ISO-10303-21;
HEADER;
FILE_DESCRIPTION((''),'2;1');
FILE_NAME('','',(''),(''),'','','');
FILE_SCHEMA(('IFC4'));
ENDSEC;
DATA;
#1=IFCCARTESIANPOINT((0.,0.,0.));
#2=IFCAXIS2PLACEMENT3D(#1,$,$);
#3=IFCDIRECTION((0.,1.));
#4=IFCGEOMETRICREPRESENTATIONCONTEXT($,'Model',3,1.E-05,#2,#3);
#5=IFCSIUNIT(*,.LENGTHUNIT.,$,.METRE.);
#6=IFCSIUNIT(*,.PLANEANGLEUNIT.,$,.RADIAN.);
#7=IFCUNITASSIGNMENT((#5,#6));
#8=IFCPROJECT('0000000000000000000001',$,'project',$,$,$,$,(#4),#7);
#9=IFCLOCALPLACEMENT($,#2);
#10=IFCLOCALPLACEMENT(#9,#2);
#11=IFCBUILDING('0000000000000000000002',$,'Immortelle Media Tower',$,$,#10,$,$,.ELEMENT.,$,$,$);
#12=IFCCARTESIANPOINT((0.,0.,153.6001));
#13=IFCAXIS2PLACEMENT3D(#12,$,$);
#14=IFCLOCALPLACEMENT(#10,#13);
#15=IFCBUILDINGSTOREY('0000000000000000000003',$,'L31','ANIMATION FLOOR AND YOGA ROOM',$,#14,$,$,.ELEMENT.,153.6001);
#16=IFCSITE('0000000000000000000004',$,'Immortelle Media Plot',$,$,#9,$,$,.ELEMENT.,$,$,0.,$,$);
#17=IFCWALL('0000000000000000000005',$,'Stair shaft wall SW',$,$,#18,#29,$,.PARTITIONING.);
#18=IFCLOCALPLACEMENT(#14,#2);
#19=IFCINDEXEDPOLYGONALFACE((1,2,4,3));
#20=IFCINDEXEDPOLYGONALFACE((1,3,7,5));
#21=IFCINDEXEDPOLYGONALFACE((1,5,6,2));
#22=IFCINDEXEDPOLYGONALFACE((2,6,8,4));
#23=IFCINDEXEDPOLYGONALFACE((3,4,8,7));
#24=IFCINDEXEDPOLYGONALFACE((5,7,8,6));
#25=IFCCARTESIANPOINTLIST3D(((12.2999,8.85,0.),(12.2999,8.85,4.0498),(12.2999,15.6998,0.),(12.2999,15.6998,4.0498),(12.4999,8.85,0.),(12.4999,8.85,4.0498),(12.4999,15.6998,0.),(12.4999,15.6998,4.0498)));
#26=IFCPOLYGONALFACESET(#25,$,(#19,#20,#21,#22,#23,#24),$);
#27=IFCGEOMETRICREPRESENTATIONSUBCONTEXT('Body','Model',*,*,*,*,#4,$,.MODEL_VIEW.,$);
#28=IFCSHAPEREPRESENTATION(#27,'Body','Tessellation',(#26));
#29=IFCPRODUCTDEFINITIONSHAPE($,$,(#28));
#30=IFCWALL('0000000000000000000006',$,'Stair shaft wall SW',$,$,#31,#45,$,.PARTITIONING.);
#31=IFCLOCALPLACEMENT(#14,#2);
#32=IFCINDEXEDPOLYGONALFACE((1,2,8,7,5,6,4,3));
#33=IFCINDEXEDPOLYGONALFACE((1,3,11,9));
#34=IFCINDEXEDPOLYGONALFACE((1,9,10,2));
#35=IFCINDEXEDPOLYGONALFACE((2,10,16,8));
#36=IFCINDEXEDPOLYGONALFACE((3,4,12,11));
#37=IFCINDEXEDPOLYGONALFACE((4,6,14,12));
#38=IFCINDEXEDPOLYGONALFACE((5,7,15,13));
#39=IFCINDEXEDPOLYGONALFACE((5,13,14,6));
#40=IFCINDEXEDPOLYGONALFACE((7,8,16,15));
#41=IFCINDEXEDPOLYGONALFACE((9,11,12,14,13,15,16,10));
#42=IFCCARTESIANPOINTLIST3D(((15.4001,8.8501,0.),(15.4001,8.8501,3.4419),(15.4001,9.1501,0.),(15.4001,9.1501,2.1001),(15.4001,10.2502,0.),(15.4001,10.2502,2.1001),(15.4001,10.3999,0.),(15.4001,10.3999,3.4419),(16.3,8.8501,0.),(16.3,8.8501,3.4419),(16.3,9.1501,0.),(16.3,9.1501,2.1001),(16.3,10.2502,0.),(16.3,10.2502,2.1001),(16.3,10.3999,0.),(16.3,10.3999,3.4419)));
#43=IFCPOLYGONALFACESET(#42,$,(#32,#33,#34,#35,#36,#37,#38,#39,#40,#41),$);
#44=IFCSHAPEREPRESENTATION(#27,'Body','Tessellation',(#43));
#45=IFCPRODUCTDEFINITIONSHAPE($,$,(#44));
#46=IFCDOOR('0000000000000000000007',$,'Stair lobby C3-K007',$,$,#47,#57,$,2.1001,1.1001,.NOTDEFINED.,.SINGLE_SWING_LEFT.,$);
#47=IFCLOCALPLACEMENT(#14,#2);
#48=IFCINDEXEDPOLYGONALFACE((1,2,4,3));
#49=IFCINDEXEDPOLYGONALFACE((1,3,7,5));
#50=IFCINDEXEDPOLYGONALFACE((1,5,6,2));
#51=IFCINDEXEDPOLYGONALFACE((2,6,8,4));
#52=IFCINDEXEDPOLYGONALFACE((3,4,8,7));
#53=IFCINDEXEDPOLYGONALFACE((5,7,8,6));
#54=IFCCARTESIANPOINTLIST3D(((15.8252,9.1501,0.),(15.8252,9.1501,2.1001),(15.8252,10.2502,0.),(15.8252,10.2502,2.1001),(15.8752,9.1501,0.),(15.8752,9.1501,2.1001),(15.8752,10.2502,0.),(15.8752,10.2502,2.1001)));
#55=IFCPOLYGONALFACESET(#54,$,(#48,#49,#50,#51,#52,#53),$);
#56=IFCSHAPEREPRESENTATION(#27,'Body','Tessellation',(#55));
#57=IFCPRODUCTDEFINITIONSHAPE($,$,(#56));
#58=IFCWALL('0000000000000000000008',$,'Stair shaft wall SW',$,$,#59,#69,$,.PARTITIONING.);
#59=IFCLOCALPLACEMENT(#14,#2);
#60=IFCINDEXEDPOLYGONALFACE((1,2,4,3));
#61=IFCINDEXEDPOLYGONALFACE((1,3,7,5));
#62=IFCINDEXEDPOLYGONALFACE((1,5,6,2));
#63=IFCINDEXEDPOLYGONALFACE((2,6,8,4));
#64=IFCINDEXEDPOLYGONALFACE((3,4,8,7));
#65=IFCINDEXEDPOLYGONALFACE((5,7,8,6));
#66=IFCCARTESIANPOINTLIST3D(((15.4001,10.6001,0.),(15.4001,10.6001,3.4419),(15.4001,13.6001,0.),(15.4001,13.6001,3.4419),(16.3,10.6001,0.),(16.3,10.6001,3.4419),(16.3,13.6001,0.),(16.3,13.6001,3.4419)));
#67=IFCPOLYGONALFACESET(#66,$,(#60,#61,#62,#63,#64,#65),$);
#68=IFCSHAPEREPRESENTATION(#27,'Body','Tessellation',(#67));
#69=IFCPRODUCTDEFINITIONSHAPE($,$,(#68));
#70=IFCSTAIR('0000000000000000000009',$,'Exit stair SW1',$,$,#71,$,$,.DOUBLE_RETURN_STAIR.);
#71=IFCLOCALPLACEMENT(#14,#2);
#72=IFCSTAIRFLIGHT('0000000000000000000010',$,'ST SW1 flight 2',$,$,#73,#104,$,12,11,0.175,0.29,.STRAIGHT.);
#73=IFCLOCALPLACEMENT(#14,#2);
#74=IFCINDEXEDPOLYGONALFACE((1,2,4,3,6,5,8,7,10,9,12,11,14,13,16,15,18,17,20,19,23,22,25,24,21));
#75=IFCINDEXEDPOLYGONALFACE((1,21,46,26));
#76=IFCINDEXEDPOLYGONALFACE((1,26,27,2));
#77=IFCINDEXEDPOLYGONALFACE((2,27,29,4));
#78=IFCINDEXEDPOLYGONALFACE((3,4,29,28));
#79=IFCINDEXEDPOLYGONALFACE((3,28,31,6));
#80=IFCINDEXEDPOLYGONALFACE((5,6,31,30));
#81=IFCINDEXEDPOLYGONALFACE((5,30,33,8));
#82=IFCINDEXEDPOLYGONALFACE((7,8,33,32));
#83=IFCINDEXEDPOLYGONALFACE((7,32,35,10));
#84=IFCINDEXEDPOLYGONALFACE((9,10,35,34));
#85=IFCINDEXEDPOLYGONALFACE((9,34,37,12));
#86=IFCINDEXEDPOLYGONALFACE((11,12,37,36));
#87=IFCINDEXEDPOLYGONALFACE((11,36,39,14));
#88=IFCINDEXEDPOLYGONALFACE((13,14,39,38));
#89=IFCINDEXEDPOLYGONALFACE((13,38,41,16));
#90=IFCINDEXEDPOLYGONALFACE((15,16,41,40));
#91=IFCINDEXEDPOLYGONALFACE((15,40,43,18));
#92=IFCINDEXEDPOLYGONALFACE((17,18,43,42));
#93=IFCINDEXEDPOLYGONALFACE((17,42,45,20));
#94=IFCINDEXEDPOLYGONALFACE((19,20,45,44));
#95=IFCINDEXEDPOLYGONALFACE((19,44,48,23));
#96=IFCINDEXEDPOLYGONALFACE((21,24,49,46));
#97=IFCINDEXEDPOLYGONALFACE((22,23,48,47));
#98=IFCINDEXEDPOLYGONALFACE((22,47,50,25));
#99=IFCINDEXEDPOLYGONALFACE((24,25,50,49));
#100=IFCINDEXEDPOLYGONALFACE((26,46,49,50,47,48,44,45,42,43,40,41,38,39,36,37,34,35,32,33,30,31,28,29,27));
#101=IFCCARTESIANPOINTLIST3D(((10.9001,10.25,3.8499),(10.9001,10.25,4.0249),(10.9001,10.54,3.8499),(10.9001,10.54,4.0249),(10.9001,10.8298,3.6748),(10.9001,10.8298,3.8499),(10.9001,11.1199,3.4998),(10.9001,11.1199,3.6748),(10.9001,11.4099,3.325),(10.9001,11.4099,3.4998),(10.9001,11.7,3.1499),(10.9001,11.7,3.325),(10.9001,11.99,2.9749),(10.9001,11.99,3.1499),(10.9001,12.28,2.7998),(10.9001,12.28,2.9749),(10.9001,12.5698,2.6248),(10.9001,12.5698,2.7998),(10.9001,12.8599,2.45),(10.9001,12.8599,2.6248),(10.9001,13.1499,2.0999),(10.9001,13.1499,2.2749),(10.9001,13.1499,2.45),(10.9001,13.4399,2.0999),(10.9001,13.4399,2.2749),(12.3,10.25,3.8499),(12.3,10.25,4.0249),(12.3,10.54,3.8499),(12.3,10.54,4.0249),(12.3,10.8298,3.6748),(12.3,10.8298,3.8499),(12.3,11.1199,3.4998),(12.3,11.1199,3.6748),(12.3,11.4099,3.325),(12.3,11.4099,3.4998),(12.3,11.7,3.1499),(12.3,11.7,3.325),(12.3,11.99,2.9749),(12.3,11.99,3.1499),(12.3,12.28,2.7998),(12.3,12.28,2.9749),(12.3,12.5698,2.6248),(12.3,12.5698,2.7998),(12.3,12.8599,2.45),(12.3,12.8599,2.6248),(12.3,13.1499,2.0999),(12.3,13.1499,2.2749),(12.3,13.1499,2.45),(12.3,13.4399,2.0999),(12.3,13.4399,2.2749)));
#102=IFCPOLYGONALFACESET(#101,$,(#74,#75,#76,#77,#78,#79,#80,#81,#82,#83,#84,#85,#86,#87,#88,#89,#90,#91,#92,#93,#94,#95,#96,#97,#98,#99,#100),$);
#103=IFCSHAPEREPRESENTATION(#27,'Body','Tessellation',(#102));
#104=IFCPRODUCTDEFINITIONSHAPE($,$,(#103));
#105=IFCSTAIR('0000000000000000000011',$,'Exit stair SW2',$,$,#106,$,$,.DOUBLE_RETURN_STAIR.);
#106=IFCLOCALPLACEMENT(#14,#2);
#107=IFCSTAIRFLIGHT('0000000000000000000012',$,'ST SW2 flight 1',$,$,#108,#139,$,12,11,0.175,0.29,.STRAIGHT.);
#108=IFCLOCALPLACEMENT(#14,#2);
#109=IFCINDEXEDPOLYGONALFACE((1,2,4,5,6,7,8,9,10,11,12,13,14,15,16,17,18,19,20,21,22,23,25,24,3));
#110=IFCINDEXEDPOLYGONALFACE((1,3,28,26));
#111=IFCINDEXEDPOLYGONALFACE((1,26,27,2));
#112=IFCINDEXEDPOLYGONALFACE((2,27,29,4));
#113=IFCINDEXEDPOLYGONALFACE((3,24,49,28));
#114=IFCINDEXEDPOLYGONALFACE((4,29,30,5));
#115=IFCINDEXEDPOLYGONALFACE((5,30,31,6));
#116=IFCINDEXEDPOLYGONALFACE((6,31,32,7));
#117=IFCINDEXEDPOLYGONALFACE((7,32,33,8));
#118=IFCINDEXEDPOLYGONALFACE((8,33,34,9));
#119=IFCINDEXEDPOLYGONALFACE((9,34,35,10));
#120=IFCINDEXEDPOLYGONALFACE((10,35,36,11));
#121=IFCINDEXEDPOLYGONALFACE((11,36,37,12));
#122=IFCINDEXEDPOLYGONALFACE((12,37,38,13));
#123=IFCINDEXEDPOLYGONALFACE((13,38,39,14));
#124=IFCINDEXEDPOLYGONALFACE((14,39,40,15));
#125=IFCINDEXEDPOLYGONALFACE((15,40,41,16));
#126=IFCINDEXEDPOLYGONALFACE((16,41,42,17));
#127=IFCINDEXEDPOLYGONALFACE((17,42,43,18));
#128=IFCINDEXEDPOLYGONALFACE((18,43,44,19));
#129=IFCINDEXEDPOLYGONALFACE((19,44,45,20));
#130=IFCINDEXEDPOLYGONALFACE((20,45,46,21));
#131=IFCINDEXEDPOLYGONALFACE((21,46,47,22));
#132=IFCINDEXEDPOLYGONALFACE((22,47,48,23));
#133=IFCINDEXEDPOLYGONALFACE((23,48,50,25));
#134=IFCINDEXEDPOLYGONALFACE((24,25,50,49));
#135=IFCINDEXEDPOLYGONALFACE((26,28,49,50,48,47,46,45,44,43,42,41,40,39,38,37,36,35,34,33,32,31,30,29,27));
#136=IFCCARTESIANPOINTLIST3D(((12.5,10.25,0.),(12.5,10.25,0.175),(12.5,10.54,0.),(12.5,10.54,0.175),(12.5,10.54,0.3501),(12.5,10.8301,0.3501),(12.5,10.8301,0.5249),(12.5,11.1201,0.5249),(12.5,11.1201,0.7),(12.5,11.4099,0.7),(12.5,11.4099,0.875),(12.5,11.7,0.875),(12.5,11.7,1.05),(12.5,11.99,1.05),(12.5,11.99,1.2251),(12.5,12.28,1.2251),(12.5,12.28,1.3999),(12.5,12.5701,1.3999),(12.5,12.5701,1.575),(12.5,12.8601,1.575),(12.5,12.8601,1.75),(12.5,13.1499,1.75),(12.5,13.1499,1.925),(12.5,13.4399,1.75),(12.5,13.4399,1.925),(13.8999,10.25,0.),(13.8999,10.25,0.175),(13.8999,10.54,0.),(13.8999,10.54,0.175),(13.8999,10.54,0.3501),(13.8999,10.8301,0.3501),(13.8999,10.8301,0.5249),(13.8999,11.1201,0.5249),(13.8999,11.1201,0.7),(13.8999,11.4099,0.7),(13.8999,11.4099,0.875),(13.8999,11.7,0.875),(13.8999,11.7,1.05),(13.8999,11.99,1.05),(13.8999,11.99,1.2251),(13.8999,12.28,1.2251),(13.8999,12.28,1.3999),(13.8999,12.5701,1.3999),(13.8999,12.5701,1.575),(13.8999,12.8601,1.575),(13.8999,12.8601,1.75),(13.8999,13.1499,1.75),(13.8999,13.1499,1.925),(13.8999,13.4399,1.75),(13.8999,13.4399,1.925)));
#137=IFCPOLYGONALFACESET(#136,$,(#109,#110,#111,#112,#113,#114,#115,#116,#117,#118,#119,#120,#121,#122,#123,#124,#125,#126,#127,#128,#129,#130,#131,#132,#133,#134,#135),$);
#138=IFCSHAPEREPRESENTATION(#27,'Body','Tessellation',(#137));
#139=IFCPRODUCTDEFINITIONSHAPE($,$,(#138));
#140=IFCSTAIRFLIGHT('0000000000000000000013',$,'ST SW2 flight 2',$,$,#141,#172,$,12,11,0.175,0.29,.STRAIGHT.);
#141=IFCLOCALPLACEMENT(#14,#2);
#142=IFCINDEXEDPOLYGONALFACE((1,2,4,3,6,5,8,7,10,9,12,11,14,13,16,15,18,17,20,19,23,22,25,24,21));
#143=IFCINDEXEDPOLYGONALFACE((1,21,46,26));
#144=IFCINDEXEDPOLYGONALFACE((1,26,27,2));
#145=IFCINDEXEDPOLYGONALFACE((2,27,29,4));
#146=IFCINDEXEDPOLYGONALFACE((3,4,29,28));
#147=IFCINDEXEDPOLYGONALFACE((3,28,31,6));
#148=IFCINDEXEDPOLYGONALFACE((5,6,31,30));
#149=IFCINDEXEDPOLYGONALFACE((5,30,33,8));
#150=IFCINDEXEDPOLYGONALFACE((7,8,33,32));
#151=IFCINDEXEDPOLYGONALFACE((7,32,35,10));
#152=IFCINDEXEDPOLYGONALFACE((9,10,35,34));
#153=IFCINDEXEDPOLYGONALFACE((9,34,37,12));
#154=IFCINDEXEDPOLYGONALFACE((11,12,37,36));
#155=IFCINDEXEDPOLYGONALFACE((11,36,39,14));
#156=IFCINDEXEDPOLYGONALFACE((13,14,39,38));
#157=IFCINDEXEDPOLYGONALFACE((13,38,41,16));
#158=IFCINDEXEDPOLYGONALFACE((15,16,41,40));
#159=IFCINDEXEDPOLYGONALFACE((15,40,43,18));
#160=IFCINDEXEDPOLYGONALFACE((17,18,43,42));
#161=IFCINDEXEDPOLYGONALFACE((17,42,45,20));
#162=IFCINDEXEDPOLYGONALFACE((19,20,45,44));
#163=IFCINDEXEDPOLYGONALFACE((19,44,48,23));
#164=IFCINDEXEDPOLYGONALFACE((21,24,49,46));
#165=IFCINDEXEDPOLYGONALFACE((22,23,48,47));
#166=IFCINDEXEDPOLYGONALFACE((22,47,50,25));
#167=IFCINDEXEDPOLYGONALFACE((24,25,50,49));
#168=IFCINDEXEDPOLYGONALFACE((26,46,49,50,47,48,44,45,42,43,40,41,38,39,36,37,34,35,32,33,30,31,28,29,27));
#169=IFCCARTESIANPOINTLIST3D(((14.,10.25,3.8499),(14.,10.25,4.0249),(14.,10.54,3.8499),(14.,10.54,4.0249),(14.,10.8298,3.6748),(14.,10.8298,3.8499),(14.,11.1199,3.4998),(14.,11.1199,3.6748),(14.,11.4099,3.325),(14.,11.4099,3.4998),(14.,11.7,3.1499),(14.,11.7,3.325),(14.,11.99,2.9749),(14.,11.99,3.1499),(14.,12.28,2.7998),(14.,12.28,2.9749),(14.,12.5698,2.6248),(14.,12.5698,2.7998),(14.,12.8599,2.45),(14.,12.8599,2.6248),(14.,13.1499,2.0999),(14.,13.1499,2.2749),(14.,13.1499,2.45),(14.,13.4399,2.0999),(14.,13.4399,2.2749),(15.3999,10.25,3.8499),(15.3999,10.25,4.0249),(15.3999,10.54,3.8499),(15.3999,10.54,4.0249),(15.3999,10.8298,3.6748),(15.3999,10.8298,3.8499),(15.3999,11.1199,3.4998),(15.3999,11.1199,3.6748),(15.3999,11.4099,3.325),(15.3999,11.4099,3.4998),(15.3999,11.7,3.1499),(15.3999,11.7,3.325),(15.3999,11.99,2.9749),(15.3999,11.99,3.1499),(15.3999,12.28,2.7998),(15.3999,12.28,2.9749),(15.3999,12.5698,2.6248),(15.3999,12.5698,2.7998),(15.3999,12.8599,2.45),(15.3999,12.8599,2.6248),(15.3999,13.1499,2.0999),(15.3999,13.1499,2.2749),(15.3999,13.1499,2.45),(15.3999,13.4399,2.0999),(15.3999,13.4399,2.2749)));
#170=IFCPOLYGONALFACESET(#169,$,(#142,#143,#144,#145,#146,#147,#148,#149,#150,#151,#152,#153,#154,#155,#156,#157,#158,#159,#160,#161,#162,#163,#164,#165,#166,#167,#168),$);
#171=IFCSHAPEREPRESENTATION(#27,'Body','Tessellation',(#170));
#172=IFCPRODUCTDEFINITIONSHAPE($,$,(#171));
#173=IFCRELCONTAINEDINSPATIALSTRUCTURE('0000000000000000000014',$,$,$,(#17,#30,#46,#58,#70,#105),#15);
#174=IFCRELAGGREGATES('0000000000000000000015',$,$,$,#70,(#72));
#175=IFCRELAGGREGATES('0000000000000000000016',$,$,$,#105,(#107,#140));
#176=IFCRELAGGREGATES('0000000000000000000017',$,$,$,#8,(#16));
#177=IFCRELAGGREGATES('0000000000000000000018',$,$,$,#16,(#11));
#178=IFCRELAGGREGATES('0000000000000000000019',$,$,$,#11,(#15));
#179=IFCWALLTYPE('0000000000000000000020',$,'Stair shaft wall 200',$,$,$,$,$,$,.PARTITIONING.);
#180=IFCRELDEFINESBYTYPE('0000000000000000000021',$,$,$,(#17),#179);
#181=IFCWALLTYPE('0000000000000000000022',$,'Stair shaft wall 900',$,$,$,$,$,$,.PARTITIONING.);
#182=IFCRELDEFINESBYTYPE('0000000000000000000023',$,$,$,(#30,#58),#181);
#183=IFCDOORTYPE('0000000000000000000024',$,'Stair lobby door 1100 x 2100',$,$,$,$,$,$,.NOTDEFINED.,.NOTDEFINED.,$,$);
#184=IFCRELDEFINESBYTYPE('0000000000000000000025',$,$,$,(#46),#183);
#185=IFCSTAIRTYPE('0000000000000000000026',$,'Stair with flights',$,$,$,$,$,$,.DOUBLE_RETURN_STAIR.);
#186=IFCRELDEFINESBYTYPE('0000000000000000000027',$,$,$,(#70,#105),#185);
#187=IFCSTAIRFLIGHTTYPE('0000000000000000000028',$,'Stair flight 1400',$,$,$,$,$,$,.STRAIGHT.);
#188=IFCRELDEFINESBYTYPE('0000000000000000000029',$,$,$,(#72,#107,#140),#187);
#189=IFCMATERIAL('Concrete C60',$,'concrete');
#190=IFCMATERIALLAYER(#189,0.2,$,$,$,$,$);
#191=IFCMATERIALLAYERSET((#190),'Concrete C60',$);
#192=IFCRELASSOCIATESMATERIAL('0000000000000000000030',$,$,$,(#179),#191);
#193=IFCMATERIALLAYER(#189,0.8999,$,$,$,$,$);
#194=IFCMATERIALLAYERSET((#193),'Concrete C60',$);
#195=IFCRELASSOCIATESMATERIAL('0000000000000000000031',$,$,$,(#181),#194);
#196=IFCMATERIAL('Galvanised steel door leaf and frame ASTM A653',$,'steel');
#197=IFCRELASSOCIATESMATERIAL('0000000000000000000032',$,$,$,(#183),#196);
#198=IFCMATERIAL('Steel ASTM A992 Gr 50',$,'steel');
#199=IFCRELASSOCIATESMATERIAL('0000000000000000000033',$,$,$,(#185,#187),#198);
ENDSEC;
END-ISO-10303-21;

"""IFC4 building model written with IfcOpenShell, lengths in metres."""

from ifc_helpers import new_model, si_unit, direction, frame, frame_2d, origin, place, context, subcontext, project, spatial, polyline, rectangle, outline, extrude, material, layer, layer_set, type_object, element, fill, aggregate, save


model = new_model("IFC4")

# Units and contexts
model_context = context("Model", 3, precision=1e-05, world=origin(), true_north=direction((0.0, 1.0)))
body_context = subcontext(model_context, "Body", "Model", "MODEL_VIEW")
ifc_project = project(units=[si_unit("LENGTHUNIT", "METRE"), si_unit("PLANEANGLEUNIT", "RADIAN")], contexts=[model_context])

# Site, building, storey
site_placement = place(None, origin())
site = spatial("IfcSite", under=ifc_project, at=site_placement, Name="Immortelle Media Plot", CompositionType="ELEMENT", RefElevation=0.0)
building_placement = place(site_placement, origin())
building = spatial("IfcBuilding", under=site, at=building_placement, Name="Immortelle Media Tower", CompositionType="ELEMENT")
storey_placement = place(building_placement, frame((0.0, 0.0, 153.6001)))
storey = spatial("IfcBuildingStorey", under=building, at=storey_placement, Name="L31", Description="ANIMATION FLOOR AND YOGA ROOM", CompositionType="ELEMENT", Elevation=153.6001)

# Shared definitions
ifc_material_1 = material(Name="Steel ASTM A992 Gr 50", Category="steel")

# Wall
ifc_material_2 = material(Name="Concrete C60", Category="concrete")
ifc_layer_1 = layer(ifc_material_2, 0.2)
ifc_layer_set_1 = layer_set([ifc_layer_1], Name="Concrete C60")
wall_type_1 = type_object("IfcWallType", Name="Stair shaft wall 200", PredefinedType="PARTITIONING", material=ifc_layer_set_1)
wall_1_placement = place(storey_placement, frame((12.3999, 8.8501, 0.0), z_axis=(0.0, 0.0, 1.0), x_axis=(0.0, 1.0, 0.0)))
element("IfcWall", 1, at=wall_1_placement, inside=storey, type_object=wall_type_1, Name="Stair shaft wall SW", PredefinedType="PARTITIONING", context=body_context, shape_type="SweptSolid", body=[
    extrude(rectangle(XDim=6.8499, YDim=0.2, at=frame_2d((3.4248, 0.0))), origin(), (0.0, 0.0, 1.0), 4.0498),
])

# Wall, opening, door
ifc_layer_2 = layer(ifc_material_2, 0.8999)
ifc_layer_set_2 = layer_set([ifc_layer_2], Name="Concrete C60")
wall_type_2 = type_object("IfcWallType", Name="Stair shaft wall 900", PredefinedType="PARTITIONING", material=ifc_layer_set_2)
wall_2_placement = place(storey_placement, frame((15.8501, 8.8501, 0.0), z_axis=(0.0, 0.0, 1.0), x_axis=(0.0, 1.0, 0.0)))
wall_2 = element("IfcWall", 2, at=wall_2_placement, inside=storey, type_object=wall_type_2, Name="Stair shaft wall SW", PredefinedType="PARTITIONING", context=body_context, shape_type="SweptSolid", body=[
    extrude(rectangle(XDim=1.5498, YDim=0.8999, at=frame_2d((0.7749, 0.0))), origin(), (0.0, 0.0, 1.0), 3.4419),
])
opening_1_placement = place(wall_2_placement, frame((0.3, 0.0, 0.0)))
opening_1 = element("IfcOpeningElement", 3, at=opening_1_placement, cuts=wall_2, PredefinedType="OPENING", context=body_context, shape_type="SweptSolid", body=[
    extrude(rectangle(XDim=1.1001, YDim=2.1001, at=frame_2d((0.55, 1.05))), frame((0.0, 0.46, 0.0), z_axis=(0.0, -1.0, 0.0), x_axis=(1.0, 0.0, 0.0)), (0.0, 0.0, 1.0), 0.9199),
])
ifc_material_3 = material(Name="Galvanised steel door leaf and frame ASTM A653", Category="steel")
door_type_1 = type_object("IfcDoorType", Name="Stair lobby door 1100 x 2100", OperationType="NOTDEFINED", PredefinedType="NOTDEFINED", material=ifc_material_3)
door_1_placement = place(opening_1_placement, origin())
door_1 = element("IfcDoor", 4, at=door_1_placement, inside=storey, type_object=door_type_1, Name="Stair lobby C3-K007", OperationType="SINGLE_SWING_LEFT", OverallHeight=2.1001, OverallWidth=1.1001, PredefinedType="NOTDEFINED", context=body_context, shape_type="SweptSolid", body=[
    extrude(rectangle(XDim=1.1001, YDim=2.1001, at=frame_2d((0.55, 1.05))), frame((0.0, 0.0249, 0.0), z_axis=(0.0, -1.0, 0.0), x_axis=(1.0, 0.0, 0.0)), (0.0, 0.0, 1.0), 0.05),
])
fill(opening_1, door_1)

# Wall
wall_3_placement = place(storey_placement, frame((15.8501, 10.6001, 0.0), z_axis=(0.0, 0.0, 1.0), x_axis=(0.0, 1.0, 0.0)))
element("IfcWall", 5, at=wall_3_placement, inside=storey, type_object=wall_type_2, Name="Stair shaft wall SW", PredefinedType="PARTITIONING", context=body_context, shape_type="SweptSolid", body=[
    extrude(rectangle(XDim=3.0, YDim=0.8999, at=frame_2d((1.5, 0.0))), origin(), (0.0, 0.0, 1.0), 3.4419),
])

# Stair, stair flight
stair_type = type_object("IfcStairType", Name="Stair with flights", PredefinedType="DOUBLE_RETURN_STAIR", material=ifc_material_1)
stair_1_placement = place(storey_placement, origin())
stair_1 = element("IfcStair", 6, at=stair_1_placement, inside=storey, type_object=stair_type, Name="Exit stair SW1", PredefinedType="DOUBLE_RETURN_STAIR")
stair_flight_type = type_object("IfcStairFlightType", Name="Stair flight 1400", PredefinedType="STRAIGHT", material=ifc_material_1)
stair_flight_1_placement = place(storey_placement, frame((11.6001, 13.4399, 2.0999), z_axis=(0.0, 0.0, 1.0), x_axis=(0.0, -1.0, 0.0)))
stair_flight_1 = element("IfcStairFlight", 7, at=stair_flight_1_placement, type_object=stair_flight_type, Name="ST SW1 flight 2", NumberOfRisers=12, NumberOfTreads=11, PredefinedType="STRAIGHT", RiserHeight=0.175, TreadLength=0.29, context=body_context, shape_type="SweptSolid", body=[
    extrude(outline(polyline([(0.0, 0.0), (0.0, 0.175), (0.29, 0.175), (0.29, 0.3501), (0.5801, 0.3501), (0.5801, 0.5249), (0.8701, 0.5249), (0.8701, 0.7), (1.1599, 0.7), (1.1599, 0.875), (1.45, 0.875), (1.45, 1.05), (1.74, 1.05), (1.74, 1.2251), (2.03, 1.2251), (2.03, 1.3999), (2.3201, 1.3999), (2.3201, 1.575), (2.6101, 1.575), (2.6101, 1.75), (2.8999, 1.75), (2.8999, 1.925), (3.1899, 1.925), (3.1899, 2.1001), (3.1899, 1.75), (0.29, 0.0), (0.0, 0.0)])), frame((0.0, 0.7, 0.0), z_axis=(0.0, -1.0, 0.0), x_axis=(1.0, 0.0, 0.0)), (0.0, 0.0, 1.0), 1.3999),
])
aggregate(stair_1, [stair_flight_1])

# Stair, stair flights
stair_2_placement = place(storey_placement, origin())
stair_2 = element("IfcStair", 8, at=stair_2_placement, inside=storey, type_object=stair_type, Name="Exit stair SW2", PredefinedType="DOUBLE_RETURN_STAIR")
stair_flight_2_placement = place(storey_placement, frame((13.2, 10.25, 0.0), z_axis=(0.0, 0.0, 1.0), x_axis=(0.0, 1.0, 0.0)))
stair_flight_2 = element("IfcStairFlight", 9, at=stair_flight_2_placement, type_object=stair_flight_type, Name="ST SW2 flight 1", NumberOfRisers=12, NumberOfTreads=11, PredefinedType="STRAIGHT", RiserHeight=0.175, TreadLength=0.29, context=body_context, shape_type="SweptSolid", body=[
    extrude(outline(polyline([(0.0, 0.0), (0.0, 0.175), (0.29, 0.175), (0.29, 0.3501), (0.5801, 0.3501), (0.5801, 0.5249), (0.8701, 0.5249), (0.8701, 0.7), (1.1599, 0.7), (1.1599, 0.875), (1.45, 0.875), (1.45, 1.05), (1.74, 1.05), (1.74, 1.2251), (2.03, 1.2251), (2.03, 1.3999), (2.3201, 1.3999), (2.3201, 1.575), (2.6101, 1.575), (2.6101, 1.75), (2.8999, 1.75), (2.8999, 1.925), (3.1899, 1.925), (3.1899, 2.1001), (3.1899, 1.75), (0.29, 0.0), (0.0, 0.0)])), frame((0.0, 0.7, 0.0), z_axis=(0.0, -1.0, 0.0), x_axis=(1.0, 0.0, 0.0)), (0.0, 0.0, 1.0), 1.3999),
])
stair_flight_3_placement = place(storey_placement, frame((14.7, 13.4399, 2.0999), z_axis=(0.0, 0.0, 1.0), x_axis=(0.0, -1.0, 0.0)))
stair_flight_3 = element("IfcStairFlight", 10, at=stair_flight_3_placement, type_object=stair_flight_type, Name="ST SW2 flight 2", NumberOfRisers=12, NumberOfTreads=11, PredefinedType="STRAIGHT", RiserHeight=0.175, TreadLength=0.29, context=body_context, shape_type="SweptSolid", body=[
    extrude(outline(polyline([(0.0, 0.0), (0.0, 0.175), (0.29, 0.175), (0.29, 0.3501), (0.5801, 0.3501), (0.5801, 0.5249), (0.8701, 0.5249), (0.8701, 0.7), (1.1599, 0.7), (1.1599, 0.875), (1.45, 0.875), (1.45, 1.05), (1.74, 1.05), (1.74, 1.2251), (2.03, 1.2251), (2.03, 1.3999), (2.3201, 1.3999), (2.3201, 1.575), (2.6101, 1.575), (2.6101, 1.75), (2.8999, 1.75), (2.8999, 1.925), (3.1899, 1.925), (3.1899, 2.1001), (3.1899, 1.75), (0.29, 0.0), (0.0, 0.0)])), frame((0.0, 0.7, 0.0), z_axis=(0.0, -1.0, 0.0), x_axis=(1.0, 0.0, 0.0)), (0.0, 0.0, 1.0), 1.3999),
])
aggregate(stair_2, [stair_flight_2, stair_flight_3])

save(model, "model.ifc")
